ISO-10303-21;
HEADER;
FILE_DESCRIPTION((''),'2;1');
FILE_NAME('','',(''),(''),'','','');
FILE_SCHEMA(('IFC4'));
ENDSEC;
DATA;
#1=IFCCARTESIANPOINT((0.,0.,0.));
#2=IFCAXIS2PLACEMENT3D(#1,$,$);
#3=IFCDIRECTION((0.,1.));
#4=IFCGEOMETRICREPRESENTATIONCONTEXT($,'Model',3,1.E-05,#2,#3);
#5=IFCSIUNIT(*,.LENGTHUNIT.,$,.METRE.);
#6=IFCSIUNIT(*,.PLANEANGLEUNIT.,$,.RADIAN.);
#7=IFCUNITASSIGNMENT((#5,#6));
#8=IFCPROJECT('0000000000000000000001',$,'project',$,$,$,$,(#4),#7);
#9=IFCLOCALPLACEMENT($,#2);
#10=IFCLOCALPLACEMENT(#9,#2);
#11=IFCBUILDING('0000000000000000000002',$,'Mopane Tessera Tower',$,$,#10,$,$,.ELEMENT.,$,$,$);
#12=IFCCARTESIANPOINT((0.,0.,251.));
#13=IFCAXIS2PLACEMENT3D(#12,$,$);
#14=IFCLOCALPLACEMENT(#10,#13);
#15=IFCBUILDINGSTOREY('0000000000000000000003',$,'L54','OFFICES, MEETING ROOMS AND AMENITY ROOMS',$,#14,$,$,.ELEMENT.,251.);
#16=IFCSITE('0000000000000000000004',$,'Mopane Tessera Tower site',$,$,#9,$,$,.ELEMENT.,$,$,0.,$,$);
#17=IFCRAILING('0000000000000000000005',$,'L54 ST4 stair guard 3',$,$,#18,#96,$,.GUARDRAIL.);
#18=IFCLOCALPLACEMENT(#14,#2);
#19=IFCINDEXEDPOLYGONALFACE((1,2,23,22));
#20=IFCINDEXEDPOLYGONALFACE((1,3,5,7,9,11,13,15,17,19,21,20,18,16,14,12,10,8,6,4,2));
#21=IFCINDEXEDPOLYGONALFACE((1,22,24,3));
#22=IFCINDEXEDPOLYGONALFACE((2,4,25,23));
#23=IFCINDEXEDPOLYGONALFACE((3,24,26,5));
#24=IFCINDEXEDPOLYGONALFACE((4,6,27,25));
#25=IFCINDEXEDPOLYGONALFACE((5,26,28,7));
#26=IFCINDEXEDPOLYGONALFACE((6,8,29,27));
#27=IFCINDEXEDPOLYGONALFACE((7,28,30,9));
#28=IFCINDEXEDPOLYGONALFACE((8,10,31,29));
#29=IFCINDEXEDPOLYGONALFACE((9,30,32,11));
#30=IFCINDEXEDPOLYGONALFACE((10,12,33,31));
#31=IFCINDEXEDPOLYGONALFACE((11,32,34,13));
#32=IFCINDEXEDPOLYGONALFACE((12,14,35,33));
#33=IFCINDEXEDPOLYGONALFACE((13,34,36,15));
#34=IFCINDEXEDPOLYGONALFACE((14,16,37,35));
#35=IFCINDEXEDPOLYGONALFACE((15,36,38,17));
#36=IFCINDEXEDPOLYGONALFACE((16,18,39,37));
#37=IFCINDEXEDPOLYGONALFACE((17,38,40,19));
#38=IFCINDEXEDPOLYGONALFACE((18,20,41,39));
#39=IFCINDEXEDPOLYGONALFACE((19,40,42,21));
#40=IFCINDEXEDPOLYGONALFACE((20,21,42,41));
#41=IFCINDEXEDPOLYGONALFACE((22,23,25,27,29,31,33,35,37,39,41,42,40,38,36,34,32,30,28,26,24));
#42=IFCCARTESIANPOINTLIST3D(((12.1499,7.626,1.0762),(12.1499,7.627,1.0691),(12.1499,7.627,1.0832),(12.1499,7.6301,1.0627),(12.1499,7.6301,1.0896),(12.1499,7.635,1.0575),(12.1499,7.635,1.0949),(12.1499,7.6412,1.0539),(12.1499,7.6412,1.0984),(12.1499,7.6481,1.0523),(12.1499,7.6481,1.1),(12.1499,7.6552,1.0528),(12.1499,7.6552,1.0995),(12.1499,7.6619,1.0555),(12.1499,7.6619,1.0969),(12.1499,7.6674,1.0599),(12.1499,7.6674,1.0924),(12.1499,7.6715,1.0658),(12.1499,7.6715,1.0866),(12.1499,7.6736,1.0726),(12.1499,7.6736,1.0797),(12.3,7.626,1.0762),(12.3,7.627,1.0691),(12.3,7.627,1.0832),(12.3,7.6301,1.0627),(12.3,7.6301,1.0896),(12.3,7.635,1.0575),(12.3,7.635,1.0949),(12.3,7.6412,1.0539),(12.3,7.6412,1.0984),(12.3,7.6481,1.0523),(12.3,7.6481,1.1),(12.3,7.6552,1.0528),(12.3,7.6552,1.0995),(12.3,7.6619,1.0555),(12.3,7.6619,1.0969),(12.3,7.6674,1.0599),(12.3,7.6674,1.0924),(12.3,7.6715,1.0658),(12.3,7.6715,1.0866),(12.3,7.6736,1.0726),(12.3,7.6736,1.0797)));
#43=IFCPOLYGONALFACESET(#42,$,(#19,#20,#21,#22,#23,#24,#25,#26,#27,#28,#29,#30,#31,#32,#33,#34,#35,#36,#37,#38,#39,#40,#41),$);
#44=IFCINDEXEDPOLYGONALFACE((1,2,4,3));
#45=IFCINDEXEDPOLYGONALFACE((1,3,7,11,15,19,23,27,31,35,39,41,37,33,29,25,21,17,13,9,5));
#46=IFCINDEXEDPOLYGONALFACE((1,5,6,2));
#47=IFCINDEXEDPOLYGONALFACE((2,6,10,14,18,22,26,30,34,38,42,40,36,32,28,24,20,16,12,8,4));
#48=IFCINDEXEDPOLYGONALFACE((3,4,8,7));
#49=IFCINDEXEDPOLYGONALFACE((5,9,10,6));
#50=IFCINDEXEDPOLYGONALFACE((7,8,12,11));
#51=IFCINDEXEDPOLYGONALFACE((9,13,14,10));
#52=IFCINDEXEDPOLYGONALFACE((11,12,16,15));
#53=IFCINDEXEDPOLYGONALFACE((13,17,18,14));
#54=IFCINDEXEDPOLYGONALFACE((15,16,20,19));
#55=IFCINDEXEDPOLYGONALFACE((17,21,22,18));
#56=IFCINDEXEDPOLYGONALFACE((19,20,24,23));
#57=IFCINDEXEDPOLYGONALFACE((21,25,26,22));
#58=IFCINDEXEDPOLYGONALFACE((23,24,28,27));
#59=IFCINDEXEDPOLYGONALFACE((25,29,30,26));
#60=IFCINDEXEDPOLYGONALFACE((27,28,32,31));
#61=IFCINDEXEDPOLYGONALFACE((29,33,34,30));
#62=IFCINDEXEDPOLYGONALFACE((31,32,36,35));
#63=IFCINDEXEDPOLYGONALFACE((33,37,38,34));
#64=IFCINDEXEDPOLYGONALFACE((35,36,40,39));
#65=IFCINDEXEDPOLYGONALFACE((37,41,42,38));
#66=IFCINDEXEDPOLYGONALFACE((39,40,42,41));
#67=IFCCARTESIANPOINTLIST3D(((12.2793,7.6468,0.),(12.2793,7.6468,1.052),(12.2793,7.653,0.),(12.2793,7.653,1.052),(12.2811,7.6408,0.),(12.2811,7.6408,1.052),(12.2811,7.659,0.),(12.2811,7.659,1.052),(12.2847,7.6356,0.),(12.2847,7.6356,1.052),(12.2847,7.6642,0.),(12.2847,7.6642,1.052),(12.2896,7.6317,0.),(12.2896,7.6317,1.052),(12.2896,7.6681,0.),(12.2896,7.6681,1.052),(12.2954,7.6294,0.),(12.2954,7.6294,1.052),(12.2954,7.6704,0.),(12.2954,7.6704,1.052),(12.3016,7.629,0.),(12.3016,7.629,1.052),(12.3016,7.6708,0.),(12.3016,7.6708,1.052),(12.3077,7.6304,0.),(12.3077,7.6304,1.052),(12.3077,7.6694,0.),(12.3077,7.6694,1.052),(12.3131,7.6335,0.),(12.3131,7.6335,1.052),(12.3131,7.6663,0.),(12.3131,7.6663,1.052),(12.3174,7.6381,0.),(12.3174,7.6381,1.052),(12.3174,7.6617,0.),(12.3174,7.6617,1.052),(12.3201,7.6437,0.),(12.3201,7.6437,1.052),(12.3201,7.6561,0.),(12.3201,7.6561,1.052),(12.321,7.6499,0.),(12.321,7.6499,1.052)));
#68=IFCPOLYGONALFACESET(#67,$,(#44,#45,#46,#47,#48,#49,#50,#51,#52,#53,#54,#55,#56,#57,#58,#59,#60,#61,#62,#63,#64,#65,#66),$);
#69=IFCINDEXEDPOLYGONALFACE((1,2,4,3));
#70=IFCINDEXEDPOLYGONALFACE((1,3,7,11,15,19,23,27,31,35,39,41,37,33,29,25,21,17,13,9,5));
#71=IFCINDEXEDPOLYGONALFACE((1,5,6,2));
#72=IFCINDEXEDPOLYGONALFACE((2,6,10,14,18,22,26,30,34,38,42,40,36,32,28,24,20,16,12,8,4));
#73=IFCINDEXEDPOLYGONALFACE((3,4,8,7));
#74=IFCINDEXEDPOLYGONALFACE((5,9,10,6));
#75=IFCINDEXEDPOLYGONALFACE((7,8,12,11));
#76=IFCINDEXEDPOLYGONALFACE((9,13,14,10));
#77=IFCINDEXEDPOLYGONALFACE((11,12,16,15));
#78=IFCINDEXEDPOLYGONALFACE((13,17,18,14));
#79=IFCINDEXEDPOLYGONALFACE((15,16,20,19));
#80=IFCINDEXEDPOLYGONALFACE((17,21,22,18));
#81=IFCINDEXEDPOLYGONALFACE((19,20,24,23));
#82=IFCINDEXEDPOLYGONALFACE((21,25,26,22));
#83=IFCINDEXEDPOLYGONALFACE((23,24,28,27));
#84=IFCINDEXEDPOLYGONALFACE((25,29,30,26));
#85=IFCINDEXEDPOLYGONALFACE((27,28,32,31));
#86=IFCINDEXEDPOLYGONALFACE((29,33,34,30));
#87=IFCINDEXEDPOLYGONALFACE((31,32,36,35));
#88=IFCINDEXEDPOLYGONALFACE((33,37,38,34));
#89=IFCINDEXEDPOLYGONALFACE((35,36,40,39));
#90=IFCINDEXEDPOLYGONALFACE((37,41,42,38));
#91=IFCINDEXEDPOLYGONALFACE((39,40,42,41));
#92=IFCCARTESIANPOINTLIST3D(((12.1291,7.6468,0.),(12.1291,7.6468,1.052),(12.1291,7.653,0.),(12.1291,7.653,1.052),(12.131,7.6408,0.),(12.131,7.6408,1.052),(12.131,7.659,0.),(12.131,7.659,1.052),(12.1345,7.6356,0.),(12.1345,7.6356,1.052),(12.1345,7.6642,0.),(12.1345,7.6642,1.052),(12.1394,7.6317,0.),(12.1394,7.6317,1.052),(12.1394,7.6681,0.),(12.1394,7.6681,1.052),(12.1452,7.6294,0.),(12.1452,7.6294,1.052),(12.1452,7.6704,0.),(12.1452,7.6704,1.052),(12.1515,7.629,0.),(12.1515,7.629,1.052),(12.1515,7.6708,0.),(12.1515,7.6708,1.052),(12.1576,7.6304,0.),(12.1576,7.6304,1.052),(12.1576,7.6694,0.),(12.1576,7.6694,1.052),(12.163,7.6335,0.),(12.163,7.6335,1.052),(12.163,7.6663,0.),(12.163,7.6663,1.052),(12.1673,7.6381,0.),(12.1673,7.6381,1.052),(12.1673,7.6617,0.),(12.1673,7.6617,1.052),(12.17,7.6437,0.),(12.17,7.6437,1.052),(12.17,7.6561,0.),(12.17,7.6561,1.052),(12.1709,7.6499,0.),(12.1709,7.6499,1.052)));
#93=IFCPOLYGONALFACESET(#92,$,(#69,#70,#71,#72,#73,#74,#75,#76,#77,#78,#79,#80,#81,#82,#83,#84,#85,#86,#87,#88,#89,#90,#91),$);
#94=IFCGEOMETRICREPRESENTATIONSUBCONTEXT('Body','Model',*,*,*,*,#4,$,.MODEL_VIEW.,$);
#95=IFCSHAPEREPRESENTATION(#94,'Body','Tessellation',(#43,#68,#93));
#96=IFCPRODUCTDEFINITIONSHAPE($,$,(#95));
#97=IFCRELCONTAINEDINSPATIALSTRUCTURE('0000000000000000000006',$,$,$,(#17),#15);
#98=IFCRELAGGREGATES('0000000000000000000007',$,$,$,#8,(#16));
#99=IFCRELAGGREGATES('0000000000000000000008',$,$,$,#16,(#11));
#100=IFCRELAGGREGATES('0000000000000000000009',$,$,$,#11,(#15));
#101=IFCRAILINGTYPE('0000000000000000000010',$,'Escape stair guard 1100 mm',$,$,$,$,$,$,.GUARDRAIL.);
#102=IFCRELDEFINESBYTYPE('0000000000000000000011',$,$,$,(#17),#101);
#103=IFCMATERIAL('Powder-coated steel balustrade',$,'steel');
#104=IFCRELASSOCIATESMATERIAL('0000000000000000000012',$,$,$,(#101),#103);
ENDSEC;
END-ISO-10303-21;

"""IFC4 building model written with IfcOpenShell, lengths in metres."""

from ifc_helpers import new_model, si_unit, direction, frame, origin, origin_2d, place, context, subcontext, project, spatial, circle, extrude, material, type_object, element, save


model = new_model("IFC4")

# Units and contexts
model_context = context("Model", 3, precision=1e-05, world=origin(), true_north=direction((0.0, 1.0)))
body_context = subcontext(model_context, "Body", "Model", "MODEL_VIEW")
ifc_project = project(units=[si_unit("LENGTHUNIT", "METRE"), si_unit("PLANEANGLEUNIT", "RADIAN")], contexts=[model_context])

# Site, building, storey
site_placement = place(None, origin())
site = spatial("IfcSite", under=ifc_project, at=site_placement, Name="Mopane Tessera Tower site", CompositionType="ELEMENT", RefElevation=0.0)
building_placement = place(site_placement, origin())
building = spatial("IfcBuilding", under=site, at=building_placement, Name="Mopane Tessera Tower", CompositionType="ELEMENT")
storey_placement = place(building_placement, frame((0.0, 0.0, 251.0)))
storey = spatial("IfcBuildingStorey", under=building, at=storey_placement, Name="L54", Description="OFFICES, MEETING ROOMS AND AMENITY ROOMS", CompositionType="ELEMENT", Elevation=251.0)

# Railing
ifc_material_1 = material(Name="Powder-coated steel balustrade", Category="steel")
railing_type_1 = type_object("IfcRailingType", Name="Escape stair guard 1100 mm", PredefinedType="GUARDRAIL", material=ifc_material_1)
railing_1_placement = place(storey_placement, frame((12.3, 7.6499, 0.0)))
element("IfcRailing", 1, at=railing_1_placement, inside=storey, type_object=railing_type_1, Name="L54 ST4 stair guard 3", PredefinedType="GUARDRAIL", context=body_context, shape_type="SweptSolid", body=[
    extrude(circle(Radius=0.0239, at=origin_2d()), frame((0.0, 0.0, 1.0762), z_axis=(-1.0, 0.0, 0.0), x_axis=(0.0, -1.0, 0.0)), (0.0, 0.0, 1.0), 0.1501),
    extrude(circle(Radius=0.021, at=origin_2d()), origin(), (0.0, 0.0, 1.0), 1.052),
    extrude(circle(Radius=0.021, at=origin_2d()), frame((-0.1501, 0.0, 0.0)), (0.0, 0.0, 1.0), 1.052),
])

save(model, "model.ifc")
